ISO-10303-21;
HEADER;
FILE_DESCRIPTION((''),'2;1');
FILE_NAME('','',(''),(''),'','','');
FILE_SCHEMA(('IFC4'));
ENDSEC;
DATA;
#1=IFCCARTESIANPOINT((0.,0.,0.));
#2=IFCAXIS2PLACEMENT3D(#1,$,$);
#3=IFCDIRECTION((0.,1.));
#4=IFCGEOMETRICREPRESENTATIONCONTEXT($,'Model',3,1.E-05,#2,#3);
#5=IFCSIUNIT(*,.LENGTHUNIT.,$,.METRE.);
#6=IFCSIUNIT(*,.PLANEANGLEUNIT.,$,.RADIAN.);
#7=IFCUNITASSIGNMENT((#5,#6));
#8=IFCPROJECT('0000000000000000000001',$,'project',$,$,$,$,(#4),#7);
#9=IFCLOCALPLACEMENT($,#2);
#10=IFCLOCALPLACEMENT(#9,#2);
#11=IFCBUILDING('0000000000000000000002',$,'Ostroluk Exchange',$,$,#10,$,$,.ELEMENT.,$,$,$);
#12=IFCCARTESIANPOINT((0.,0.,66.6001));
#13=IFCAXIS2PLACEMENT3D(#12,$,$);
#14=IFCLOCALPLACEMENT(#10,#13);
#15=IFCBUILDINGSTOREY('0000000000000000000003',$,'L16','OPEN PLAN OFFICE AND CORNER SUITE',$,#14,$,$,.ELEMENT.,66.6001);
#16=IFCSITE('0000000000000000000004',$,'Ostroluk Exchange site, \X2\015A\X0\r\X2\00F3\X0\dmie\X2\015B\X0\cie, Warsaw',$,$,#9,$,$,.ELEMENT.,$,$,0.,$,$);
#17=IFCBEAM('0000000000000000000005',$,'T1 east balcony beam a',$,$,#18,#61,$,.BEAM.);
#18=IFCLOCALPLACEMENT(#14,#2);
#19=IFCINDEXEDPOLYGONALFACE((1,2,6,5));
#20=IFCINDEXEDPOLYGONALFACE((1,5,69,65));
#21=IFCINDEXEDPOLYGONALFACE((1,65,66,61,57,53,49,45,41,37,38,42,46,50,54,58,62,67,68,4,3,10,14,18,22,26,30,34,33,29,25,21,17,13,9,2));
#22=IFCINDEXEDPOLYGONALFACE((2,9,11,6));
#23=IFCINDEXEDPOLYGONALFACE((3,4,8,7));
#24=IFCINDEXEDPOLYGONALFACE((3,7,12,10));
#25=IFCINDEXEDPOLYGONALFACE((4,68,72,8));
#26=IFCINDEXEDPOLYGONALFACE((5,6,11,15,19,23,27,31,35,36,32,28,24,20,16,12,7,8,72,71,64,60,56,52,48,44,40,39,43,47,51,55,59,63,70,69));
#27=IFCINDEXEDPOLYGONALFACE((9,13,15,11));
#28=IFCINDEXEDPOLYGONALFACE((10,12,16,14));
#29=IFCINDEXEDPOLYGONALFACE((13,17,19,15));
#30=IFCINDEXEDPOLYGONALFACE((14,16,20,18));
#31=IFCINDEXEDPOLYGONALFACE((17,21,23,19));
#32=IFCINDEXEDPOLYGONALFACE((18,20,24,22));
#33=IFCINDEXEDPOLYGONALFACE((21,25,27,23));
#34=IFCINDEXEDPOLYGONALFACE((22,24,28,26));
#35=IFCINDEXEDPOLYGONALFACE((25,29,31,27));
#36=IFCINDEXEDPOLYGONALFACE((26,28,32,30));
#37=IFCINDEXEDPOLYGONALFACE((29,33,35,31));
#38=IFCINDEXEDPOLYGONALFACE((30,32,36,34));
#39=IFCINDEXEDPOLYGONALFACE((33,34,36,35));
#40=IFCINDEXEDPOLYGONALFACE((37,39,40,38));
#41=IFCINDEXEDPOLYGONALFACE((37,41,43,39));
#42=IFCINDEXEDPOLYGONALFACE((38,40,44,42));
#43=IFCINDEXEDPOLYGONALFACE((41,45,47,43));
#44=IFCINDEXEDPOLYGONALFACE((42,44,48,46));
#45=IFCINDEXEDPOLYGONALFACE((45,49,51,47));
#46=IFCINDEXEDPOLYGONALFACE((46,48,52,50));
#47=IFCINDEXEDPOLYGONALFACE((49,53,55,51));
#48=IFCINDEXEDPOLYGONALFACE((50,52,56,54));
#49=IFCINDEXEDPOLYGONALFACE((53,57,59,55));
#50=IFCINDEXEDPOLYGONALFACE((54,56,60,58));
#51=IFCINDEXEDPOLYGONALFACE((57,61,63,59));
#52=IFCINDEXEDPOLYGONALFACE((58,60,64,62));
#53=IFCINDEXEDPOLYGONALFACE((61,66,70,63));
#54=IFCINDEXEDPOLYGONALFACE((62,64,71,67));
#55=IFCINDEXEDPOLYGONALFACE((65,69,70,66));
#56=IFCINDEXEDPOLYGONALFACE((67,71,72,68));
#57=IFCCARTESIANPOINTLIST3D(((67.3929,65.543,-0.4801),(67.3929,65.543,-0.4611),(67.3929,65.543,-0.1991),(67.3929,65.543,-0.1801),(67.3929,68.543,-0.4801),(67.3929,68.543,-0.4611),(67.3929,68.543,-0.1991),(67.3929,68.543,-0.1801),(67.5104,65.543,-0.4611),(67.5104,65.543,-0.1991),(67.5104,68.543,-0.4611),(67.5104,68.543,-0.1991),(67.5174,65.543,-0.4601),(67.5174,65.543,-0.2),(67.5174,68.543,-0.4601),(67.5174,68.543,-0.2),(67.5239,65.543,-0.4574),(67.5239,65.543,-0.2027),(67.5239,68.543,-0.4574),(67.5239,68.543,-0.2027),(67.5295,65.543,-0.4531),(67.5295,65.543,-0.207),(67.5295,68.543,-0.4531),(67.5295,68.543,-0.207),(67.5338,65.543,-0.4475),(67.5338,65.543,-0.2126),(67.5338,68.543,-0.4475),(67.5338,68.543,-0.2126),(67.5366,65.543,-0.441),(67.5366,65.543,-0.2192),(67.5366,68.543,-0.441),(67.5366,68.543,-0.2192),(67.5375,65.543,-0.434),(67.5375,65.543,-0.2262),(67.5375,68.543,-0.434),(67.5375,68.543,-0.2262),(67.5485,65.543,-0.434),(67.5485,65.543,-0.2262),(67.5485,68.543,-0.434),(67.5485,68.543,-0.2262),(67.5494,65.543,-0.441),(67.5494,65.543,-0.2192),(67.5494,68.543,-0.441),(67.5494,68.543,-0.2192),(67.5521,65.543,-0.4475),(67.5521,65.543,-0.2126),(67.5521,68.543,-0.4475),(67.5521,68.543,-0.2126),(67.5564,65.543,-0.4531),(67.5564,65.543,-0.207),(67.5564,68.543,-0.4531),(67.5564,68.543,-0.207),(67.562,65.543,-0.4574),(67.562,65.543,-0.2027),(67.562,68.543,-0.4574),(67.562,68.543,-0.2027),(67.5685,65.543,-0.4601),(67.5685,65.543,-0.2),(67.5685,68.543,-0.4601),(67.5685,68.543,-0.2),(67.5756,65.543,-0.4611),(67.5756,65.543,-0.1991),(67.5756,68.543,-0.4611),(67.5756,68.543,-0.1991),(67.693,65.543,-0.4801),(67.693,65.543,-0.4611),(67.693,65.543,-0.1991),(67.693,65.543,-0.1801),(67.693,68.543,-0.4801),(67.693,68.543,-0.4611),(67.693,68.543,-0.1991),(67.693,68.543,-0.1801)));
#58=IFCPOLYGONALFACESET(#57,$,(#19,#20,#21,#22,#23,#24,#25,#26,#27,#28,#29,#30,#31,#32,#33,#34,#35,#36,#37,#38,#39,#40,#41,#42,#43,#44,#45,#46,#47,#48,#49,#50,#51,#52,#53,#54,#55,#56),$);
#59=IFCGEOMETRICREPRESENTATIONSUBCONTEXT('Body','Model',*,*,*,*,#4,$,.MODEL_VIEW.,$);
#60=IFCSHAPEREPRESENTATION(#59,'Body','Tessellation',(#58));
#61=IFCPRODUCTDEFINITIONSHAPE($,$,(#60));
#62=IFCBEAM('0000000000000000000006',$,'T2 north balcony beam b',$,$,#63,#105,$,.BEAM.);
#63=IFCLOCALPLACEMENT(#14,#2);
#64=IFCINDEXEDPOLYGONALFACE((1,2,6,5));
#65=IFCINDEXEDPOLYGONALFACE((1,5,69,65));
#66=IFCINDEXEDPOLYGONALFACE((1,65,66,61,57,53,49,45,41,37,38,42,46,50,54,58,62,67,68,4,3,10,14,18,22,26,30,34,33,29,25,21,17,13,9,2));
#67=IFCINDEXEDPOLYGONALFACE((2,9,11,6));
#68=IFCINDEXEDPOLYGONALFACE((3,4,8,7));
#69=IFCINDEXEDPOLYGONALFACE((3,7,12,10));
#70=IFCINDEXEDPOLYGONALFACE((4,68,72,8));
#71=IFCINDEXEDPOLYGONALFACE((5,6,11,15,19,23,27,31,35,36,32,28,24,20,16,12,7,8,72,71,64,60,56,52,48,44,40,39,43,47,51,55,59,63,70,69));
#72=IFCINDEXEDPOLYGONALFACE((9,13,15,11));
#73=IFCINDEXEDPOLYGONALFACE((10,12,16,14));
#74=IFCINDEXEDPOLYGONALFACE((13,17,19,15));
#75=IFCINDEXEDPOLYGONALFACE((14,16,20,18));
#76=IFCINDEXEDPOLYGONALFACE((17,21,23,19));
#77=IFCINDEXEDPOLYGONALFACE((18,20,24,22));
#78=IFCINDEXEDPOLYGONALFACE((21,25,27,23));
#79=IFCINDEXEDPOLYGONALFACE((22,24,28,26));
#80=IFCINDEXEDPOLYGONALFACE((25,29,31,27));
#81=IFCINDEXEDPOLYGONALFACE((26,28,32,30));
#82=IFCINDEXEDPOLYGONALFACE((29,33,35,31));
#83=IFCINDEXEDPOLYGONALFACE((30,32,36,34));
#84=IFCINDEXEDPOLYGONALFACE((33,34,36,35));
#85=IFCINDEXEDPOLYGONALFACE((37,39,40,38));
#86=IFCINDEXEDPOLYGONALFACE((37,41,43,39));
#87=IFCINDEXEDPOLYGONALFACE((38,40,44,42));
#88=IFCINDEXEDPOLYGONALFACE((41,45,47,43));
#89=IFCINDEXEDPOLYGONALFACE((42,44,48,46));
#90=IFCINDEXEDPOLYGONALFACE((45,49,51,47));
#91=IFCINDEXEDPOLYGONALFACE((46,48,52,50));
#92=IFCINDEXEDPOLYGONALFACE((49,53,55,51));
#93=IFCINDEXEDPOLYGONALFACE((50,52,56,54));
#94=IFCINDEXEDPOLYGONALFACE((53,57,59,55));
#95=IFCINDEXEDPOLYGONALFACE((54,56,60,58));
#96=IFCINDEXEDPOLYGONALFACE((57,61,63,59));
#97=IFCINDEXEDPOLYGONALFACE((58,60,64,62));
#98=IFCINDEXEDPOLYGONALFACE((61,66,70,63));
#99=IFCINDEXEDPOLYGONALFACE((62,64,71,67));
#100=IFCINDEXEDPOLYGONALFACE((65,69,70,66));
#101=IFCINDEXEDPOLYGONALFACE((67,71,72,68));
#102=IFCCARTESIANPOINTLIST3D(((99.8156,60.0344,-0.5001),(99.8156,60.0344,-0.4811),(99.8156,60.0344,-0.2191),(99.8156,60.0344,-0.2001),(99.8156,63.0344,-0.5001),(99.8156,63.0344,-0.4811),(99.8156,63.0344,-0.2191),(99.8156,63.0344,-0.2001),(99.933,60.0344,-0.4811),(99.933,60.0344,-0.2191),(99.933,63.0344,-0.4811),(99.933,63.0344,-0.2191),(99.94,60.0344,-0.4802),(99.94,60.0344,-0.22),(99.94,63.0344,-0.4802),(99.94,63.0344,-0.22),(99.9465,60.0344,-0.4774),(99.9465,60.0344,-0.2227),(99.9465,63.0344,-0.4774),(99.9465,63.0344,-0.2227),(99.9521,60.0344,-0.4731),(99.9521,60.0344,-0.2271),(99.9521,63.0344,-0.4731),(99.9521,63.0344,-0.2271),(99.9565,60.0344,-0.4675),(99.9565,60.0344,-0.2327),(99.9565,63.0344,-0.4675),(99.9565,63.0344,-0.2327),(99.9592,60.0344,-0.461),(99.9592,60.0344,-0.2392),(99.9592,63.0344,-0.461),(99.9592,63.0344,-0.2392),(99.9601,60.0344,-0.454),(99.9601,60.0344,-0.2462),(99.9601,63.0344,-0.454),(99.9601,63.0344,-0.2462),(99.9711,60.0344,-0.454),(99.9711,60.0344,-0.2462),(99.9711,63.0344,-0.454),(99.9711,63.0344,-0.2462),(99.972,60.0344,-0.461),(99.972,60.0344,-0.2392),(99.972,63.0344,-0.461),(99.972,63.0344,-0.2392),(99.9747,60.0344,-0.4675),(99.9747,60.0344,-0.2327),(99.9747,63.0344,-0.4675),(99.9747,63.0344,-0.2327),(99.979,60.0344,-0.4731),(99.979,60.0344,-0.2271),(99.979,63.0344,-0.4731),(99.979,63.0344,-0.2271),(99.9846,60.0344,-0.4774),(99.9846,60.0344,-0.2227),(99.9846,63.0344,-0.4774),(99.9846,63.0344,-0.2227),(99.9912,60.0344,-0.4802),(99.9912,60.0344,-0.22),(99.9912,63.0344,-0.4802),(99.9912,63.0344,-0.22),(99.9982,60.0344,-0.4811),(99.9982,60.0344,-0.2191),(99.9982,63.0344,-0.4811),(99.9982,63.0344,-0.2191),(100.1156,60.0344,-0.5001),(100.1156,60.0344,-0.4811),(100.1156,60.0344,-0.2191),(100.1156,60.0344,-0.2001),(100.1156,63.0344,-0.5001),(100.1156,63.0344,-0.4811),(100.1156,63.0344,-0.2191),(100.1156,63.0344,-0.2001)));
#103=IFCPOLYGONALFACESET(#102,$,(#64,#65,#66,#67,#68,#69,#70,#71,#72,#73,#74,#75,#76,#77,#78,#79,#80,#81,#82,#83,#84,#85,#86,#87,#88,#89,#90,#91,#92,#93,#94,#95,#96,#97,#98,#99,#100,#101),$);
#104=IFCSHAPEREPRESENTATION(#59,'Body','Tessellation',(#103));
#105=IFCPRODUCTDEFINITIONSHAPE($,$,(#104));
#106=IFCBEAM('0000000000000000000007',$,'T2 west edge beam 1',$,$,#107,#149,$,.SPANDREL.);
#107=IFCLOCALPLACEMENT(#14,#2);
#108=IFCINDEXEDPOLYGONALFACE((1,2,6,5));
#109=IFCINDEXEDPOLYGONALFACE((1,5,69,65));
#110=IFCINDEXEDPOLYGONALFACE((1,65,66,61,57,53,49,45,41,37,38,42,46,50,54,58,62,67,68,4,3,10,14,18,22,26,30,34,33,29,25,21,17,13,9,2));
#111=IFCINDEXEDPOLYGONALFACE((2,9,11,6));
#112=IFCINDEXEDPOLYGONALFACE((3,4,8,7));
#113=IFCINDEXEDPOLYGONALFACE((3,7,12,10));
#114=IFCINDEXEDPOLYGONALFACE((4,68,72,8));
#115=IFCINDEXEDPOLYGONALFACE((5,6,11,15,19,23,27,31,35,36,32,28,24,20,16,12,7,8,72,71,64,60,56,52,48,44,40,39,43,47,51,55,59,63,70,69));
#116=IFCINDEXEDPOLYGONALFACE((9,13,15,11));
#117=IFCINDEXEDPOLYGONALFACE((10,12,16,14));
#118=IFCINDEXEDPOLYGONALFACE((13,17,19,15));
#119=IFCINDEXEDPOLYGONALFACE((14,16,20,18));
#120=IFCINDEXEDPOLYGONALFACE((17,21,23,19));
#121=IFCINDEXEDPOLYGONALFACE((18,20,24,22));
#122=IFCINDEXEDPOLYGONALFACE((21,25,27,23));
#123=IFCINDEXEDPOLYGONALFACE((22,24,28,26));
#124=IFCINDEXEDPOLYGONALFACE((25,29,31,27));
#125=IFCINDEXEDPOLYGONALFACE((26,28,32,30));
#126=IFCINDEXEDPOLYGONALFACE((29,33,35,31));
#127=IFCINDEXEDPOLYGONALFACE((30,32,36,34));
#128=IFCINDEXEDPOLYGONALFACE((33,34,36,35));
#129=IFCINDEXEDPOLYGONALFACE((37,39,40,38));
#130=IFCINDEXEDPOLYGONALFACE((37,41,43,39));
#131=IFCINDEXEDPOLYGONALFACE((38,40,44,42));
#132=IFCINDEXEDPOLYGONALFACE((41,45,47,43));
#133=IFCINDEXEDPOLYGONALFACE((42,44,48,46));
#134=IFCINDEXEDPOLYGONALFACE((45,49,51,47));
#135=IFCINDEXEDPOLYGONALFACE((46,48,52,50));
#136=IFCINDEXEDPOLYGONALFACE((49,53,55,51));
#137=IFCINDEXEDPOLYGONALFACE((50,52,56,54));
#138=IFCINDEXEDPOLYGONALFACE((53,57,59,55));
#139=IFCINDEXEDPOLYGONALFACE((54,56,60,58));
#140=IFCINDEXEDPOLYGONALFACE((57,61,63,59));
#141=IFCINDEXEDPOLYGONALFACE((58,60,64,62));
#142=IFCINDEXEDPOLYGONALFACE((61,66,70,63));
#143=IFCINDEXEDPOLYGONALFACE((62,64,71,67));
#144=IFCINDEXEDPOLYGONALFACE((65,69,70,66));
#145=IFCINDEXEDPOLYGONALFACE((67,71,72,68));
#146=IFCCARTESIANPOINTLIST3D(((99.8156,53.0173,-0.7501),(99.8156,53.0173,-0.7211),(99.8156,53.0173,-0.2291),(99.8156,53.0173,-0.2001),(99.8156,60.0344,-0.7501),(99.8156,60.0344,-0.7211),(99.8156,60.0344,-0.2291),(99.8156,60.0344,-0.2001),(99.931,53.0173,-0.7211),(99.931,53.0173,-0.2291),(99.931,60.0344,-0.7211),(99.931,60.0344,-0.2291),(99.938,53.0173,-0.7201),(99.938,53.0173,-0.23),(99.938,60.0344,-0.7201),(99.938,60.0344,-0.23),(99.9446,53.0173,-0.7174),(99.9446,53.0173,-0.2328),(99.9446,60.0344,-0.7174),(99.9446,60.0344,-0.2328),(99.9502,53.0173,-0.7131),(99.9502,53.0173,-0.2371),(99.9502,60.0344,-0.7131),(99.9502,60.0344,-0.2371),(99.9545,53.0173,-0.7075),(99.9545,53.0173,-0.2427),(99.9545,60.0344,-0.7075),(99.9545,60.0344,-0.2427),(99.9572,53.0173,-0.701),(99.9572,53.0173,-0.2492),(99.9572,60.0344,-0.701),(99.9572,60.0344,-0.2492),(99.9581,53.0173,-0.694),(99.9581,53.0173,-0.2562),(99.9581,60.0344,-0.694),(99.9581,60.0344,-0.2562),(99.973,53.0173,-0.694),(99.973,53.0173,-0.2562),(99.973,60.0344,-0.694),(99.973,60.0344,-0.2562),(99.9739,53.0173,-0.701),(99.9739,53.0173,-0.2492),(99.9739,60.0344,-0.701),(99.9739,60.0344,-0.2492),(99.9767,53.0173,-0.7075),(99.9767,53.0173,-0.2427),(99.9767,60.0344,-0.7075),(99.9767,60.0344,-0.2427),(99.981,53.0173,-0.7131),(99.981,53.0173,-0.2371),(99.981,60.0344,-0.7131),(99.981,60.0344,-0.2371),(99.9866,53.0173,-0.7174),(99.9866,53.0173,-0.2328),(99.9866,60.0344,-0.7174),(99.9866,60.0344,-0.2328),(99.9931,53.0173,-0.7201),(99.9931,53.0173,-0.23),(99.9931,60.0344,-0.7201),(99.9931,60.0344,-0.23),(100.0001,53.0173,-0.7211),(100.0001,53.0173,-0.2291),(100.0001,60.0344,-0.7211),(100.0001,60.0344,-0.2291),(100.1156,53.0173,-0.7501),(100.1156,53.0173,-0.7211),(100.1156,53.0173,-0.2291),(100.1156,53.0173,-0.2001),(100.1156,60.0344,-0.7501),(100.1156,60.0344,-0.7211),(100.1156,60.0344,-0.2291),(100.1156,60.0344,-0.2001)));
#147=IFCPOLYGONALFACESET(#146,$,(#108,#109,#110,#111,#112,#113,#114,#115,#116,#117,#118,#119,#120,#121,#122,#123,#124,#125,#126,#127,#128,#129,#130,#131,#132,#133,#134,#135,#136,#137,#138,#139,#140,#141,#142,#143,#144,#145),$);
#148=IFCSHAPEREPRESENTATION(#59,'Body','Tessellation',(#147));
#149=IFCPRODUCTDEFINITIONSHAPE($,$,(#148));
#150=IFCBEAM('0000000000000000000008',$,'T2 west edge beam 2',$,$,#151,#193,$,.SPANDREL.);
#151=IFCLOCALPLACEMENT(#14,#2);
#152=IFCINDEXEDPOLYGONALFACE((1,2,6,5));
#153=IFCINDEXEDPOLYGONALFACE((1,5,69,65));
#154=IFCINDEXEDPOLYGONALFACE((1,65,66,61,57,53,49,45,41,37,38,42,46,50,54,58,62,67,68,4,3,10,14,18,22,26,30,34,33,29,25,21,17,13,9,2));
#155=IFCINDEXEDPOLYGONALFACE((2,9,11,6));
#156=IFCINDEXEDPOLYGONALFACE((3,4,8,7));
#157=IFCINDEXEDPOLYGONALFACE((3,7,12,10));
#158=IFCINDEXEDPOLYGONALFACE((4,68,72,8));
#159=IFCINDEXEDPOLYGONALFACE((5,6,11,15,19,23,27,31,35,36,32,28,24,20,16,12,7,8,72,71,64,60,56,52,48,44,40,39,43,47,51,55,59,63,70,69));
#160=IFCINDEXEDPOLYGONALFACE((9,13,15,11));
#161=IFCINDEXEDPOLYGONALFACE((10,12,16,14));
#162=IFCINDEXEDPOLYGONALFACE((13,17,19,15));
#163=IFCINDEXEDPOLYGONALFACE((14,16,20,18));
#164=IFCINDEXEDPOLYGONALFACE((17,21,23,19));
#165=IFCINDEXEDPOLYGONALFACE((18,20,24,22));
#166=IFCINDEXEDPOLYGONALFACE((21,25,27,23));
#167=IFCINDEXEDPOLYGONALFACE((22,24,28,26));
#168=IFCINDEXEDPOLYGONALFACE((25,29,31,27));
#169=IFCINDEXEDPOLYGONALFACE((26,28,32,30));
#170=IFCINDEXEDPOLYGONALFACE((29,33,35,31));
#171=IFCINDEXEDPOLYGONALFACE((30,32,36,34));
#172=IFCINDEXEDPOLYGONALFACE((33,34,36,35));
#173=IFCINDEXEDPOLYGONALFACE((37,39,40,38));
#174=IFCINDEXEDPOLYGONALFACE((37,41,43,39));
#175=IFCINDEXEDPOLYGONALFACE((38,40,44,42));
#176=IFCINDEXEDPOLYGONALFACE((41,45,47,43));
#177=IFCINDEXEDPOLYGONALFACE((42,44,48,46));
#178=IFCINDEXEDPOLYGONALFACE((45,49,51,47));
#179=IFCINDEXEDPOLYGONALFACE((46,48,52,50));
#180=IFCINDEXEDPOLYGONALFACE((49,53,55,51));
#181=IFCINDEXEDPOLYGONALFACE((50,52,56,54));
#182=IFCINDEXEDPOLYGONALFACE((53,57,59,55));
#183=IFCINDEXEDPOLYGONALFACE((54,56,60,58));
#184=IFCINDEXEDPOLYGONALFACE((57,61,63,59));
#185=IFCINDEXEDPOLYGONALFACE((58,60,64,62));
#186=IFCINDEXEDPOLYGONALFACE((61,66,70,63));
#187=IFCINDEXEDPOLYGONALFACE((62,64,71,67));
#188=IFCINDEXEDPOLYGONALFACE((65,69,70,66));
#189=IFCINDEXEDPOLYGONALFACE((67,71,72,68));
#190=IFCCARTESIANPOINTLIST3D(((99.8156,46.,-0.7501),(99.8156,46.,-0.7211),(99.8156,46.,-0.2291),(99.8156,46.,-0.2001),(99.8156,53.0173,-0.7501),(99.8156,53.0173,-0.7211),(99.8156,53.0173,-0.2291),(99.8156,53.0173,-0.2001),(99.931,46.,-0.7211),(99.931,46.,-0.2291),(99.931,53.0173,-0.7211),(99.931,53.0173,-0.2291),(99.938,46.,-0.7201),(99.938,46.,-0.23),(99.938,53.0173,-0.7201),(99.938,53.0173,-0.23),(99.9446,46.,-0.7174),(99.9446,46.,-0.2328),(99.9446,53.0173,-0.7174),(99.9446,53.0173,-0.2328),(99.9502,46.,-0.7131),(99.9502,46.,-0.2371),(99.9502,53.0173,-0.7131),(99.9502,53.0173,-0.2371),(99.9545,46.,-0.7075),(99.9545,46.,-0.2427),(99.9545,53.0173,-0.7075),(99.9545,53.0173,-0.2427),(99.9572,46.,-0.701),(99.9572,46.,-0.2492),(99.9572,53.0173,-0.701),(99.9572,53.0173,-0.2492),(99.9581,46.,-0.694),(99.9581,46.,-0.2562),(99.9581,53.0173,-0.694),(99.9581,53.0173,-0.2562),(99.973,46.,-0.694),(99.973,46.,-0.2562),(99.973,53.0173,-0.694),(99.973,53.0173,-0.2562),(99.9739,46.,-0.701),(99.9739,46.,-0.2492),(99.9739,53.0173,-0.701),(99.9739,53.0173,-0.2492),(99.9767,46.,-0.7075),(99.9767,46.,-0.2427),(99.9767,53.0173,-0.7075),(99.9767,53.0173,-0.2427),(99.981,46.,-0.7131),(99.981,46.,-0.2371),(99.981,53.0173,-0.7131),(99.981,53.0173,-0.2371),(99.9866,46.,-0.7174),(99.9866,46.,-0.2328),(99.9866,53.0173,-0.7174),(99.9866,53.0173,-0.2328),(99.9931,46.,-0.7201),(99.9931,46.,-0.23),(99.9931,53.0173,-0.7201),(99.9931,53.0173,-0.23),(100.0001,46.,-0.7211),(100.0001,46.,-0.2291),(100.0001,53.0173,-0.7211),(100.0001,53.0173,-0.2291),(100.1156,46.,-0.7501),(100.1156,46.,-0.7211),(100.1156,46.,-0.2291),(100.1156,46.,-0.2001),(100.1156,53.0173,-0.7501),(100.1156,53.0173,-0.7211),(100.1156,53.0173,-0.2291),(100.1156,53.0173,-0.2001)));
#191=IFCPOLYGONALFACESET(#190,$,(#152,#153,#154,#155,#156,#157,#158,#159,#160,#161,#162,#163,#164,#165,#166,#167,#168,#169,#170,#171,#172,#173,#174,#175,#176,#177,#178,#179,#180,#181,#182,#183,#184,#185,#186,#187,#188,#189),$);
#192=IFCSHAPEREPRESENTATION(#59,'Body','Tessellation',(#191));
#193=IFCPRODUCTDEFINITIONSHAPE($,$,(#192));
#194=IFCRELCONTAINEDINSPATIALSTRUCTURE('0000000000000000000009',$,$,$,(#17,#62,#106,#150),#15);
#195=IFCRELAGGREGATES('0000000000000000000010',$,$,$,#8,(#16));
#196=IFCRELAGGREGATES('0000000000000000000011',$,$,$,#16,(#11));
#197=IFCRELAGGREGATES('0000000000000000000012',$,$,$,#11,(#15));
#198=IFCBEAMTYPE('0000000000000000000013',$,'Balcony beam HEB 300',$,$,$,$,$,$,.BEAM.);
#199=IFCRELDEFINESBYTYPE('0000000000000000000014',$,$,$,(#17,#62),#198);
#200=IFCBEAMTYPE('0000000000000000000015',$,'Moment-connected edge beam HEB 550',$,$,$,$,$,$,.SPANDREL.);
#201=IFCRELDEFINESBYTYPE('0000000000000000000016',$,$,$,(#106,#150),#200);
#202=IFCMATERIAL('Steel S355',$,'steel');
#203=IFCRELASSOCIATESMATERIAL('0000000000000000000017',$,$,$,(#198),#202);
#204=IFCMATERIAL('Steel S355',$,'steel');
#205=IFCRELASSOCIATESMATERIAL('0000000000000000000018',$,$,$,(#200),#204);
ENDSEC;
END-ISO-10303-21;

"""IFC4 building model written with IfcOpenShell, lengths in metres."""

from ifc_helpers import new_model, si_unit, direction, frame, origin, origin_2d, place, context, subcontext, project, spatial, i_section, extrude, material, material_profile, profile_set, type_object, element, save


model = new_model("IFC4")

# Units and contexts
model_context = context("Model", 3, precision=1e-05, world=origin(), true_north=direction((0.0, 1.0)))
body_context = subcontext(model_context, "Body", "Model", "MODEL_VIEW")
ifc_project = project(units=[si_unit("LENGTHUNIT", "METRE"), si_unit("PLANEANGLEUNIT", "RADIAN")], contexts=[model_context])

# Site, building, storey
site_placement = place(None, origin())
site = spatial("IfcSite", under=ifc_project, at=site_placement, Name="Ostroluk Exchange site, Śródmieście, Warsaw", CompositionType="ELEMENT", RefElevation=0.0)
building_placement = place(site_placement, origin())
building = spatial("IfcBuilding", under=site, at=building_placement, Name="Ostroluk Exchange", CompositionType="ELEMENT")
storey_placement = place(building_placement, frame((0.0, 0.0, 66.6001)))
storey = spatial("IfcBuildingStorey", under=building, at=storey_placement, Name="L16", Description="OPEN PLAN OFFICE AND CORNER SUITE", CompositionType="ELEMENT", Elevation=66.6001)

# Beams
ifc_material_1 = material(Name="Steel S355", Category="steel")
ifc_material_profile_1 = material_profile(ifc_material_1, i_section(OverallWidth=0.3, OverallDepth=0.3, WebThickness=0.011, FlangeThickness=0.019, FilletRadius=0.0271, at=origin_2d()), Name="HEB 300")
ifc_profile_set_1 = profile_set([ifc_material_profile_1], Name="Steel S355")
beam_type_1 = type_object("IfcBeamType", Name="Balcony beam HEB 300", PredefinedType="BEAM", material=ifc_profile_set_1)
for number, where, z_axis, x_axis, name in (
    (1, (67.543, 65.543, -0.3301), (0.0, 1.0, 0.0), (-1.0, 0.0, 0.0), "T1 east balcony beam a"),
    (2, (99.9656, 60.0344, -0.3501), (0.0, 1.0, 0.0), (-1.0, 0.0, 0.0), "T2 north balcony beam b"),
):
    element("IfcBeam", number, at=place(storey_placement, frame(where, z_axis=z_axis, x_axis=x_axis)), inside=storey, type_object=beam_type_1, Name=name, PredefinedType="BEAM", context=body_context, shape_type="SweptSolid", body=[
        extrude(i_section(OverallWidth=0.3, OverallDepth=0.3, WebThickness=0.011, FlangeThickness=0.019, FilletRadius=0.0271, at=origin_2d()), origin(), (0.0, 0.0, 1.0), 3.0),
    ])
ifc_material_2 = material(Name="Steel S355", Category="steel")
ifc_material_profile_2 = material_profile(ifc_material_2, i_section(OverallWidth=0.3, OverallDepth=0.55, WebThickness=0.0149, FlangeThickness=0.0291, FilletRadius=0.0271, at=origin_2d()), Name="HEB 550")
ifc_profile_set_2 = profile_set([ifc_material_profile_2], Name="Steel S355")
beam_type_2 = type_object("IfcBeamType", Name="Moment-connected edge beam HEB 550", PredefinedType="SPANDREL", material=ifc_profile_set_2)
beam_placement = place(storey_placement, frame((99.9656, 60.0344, -0.4751), z_axis=(0.0, -1.0, 0.0), x_axis=(1.0, 0.0, 0.0)))
element("IfcBeam", 3, at=beam_placement, inside=storey, type_object=beam_type_2, Name="T2 west edge beam 1", PredefinedType="SPANDREL", context=body_context, shape_type="SweptSolid", body=[
    extrude(i_section(OverallWidth=0.3, OverallDepth=0.55, WebThickness=0.0149, FlangeThickness=0.0291, FilletRadius=0.0271, at=origin_2d()), origin(), (0.0, 0.0, 1.0), 7.0171),
])
for number, where, z_axis, x_axis, name in (
    (4, (99.9656, 53.0173, -0.4751), (0.0, -1.0, 0.0), (1.0, 0.0, 0.0), "T2 west edge beam 2"),
):
    element("IfcBeam", number, at=place(storey_placement, frame(where, z_axis=z_axis, x_axis=x_axis)), inside=storey, type_object=beam_type_2, Name=name, PredefinedType="SPANDREL", context=body_context, shape_type="SweptSolid", body=[
        extrude(i_section(OverallWidth=0.3, OverallDepth=0.55, WebThickness=0.0149, FlangeThickness=0.0291, FilletRadius=0.0271, at=origin_2d()), origin(), (0.0, 0.0, 1.0), 7.0173),
    ])

save(model, "model.ifc")
